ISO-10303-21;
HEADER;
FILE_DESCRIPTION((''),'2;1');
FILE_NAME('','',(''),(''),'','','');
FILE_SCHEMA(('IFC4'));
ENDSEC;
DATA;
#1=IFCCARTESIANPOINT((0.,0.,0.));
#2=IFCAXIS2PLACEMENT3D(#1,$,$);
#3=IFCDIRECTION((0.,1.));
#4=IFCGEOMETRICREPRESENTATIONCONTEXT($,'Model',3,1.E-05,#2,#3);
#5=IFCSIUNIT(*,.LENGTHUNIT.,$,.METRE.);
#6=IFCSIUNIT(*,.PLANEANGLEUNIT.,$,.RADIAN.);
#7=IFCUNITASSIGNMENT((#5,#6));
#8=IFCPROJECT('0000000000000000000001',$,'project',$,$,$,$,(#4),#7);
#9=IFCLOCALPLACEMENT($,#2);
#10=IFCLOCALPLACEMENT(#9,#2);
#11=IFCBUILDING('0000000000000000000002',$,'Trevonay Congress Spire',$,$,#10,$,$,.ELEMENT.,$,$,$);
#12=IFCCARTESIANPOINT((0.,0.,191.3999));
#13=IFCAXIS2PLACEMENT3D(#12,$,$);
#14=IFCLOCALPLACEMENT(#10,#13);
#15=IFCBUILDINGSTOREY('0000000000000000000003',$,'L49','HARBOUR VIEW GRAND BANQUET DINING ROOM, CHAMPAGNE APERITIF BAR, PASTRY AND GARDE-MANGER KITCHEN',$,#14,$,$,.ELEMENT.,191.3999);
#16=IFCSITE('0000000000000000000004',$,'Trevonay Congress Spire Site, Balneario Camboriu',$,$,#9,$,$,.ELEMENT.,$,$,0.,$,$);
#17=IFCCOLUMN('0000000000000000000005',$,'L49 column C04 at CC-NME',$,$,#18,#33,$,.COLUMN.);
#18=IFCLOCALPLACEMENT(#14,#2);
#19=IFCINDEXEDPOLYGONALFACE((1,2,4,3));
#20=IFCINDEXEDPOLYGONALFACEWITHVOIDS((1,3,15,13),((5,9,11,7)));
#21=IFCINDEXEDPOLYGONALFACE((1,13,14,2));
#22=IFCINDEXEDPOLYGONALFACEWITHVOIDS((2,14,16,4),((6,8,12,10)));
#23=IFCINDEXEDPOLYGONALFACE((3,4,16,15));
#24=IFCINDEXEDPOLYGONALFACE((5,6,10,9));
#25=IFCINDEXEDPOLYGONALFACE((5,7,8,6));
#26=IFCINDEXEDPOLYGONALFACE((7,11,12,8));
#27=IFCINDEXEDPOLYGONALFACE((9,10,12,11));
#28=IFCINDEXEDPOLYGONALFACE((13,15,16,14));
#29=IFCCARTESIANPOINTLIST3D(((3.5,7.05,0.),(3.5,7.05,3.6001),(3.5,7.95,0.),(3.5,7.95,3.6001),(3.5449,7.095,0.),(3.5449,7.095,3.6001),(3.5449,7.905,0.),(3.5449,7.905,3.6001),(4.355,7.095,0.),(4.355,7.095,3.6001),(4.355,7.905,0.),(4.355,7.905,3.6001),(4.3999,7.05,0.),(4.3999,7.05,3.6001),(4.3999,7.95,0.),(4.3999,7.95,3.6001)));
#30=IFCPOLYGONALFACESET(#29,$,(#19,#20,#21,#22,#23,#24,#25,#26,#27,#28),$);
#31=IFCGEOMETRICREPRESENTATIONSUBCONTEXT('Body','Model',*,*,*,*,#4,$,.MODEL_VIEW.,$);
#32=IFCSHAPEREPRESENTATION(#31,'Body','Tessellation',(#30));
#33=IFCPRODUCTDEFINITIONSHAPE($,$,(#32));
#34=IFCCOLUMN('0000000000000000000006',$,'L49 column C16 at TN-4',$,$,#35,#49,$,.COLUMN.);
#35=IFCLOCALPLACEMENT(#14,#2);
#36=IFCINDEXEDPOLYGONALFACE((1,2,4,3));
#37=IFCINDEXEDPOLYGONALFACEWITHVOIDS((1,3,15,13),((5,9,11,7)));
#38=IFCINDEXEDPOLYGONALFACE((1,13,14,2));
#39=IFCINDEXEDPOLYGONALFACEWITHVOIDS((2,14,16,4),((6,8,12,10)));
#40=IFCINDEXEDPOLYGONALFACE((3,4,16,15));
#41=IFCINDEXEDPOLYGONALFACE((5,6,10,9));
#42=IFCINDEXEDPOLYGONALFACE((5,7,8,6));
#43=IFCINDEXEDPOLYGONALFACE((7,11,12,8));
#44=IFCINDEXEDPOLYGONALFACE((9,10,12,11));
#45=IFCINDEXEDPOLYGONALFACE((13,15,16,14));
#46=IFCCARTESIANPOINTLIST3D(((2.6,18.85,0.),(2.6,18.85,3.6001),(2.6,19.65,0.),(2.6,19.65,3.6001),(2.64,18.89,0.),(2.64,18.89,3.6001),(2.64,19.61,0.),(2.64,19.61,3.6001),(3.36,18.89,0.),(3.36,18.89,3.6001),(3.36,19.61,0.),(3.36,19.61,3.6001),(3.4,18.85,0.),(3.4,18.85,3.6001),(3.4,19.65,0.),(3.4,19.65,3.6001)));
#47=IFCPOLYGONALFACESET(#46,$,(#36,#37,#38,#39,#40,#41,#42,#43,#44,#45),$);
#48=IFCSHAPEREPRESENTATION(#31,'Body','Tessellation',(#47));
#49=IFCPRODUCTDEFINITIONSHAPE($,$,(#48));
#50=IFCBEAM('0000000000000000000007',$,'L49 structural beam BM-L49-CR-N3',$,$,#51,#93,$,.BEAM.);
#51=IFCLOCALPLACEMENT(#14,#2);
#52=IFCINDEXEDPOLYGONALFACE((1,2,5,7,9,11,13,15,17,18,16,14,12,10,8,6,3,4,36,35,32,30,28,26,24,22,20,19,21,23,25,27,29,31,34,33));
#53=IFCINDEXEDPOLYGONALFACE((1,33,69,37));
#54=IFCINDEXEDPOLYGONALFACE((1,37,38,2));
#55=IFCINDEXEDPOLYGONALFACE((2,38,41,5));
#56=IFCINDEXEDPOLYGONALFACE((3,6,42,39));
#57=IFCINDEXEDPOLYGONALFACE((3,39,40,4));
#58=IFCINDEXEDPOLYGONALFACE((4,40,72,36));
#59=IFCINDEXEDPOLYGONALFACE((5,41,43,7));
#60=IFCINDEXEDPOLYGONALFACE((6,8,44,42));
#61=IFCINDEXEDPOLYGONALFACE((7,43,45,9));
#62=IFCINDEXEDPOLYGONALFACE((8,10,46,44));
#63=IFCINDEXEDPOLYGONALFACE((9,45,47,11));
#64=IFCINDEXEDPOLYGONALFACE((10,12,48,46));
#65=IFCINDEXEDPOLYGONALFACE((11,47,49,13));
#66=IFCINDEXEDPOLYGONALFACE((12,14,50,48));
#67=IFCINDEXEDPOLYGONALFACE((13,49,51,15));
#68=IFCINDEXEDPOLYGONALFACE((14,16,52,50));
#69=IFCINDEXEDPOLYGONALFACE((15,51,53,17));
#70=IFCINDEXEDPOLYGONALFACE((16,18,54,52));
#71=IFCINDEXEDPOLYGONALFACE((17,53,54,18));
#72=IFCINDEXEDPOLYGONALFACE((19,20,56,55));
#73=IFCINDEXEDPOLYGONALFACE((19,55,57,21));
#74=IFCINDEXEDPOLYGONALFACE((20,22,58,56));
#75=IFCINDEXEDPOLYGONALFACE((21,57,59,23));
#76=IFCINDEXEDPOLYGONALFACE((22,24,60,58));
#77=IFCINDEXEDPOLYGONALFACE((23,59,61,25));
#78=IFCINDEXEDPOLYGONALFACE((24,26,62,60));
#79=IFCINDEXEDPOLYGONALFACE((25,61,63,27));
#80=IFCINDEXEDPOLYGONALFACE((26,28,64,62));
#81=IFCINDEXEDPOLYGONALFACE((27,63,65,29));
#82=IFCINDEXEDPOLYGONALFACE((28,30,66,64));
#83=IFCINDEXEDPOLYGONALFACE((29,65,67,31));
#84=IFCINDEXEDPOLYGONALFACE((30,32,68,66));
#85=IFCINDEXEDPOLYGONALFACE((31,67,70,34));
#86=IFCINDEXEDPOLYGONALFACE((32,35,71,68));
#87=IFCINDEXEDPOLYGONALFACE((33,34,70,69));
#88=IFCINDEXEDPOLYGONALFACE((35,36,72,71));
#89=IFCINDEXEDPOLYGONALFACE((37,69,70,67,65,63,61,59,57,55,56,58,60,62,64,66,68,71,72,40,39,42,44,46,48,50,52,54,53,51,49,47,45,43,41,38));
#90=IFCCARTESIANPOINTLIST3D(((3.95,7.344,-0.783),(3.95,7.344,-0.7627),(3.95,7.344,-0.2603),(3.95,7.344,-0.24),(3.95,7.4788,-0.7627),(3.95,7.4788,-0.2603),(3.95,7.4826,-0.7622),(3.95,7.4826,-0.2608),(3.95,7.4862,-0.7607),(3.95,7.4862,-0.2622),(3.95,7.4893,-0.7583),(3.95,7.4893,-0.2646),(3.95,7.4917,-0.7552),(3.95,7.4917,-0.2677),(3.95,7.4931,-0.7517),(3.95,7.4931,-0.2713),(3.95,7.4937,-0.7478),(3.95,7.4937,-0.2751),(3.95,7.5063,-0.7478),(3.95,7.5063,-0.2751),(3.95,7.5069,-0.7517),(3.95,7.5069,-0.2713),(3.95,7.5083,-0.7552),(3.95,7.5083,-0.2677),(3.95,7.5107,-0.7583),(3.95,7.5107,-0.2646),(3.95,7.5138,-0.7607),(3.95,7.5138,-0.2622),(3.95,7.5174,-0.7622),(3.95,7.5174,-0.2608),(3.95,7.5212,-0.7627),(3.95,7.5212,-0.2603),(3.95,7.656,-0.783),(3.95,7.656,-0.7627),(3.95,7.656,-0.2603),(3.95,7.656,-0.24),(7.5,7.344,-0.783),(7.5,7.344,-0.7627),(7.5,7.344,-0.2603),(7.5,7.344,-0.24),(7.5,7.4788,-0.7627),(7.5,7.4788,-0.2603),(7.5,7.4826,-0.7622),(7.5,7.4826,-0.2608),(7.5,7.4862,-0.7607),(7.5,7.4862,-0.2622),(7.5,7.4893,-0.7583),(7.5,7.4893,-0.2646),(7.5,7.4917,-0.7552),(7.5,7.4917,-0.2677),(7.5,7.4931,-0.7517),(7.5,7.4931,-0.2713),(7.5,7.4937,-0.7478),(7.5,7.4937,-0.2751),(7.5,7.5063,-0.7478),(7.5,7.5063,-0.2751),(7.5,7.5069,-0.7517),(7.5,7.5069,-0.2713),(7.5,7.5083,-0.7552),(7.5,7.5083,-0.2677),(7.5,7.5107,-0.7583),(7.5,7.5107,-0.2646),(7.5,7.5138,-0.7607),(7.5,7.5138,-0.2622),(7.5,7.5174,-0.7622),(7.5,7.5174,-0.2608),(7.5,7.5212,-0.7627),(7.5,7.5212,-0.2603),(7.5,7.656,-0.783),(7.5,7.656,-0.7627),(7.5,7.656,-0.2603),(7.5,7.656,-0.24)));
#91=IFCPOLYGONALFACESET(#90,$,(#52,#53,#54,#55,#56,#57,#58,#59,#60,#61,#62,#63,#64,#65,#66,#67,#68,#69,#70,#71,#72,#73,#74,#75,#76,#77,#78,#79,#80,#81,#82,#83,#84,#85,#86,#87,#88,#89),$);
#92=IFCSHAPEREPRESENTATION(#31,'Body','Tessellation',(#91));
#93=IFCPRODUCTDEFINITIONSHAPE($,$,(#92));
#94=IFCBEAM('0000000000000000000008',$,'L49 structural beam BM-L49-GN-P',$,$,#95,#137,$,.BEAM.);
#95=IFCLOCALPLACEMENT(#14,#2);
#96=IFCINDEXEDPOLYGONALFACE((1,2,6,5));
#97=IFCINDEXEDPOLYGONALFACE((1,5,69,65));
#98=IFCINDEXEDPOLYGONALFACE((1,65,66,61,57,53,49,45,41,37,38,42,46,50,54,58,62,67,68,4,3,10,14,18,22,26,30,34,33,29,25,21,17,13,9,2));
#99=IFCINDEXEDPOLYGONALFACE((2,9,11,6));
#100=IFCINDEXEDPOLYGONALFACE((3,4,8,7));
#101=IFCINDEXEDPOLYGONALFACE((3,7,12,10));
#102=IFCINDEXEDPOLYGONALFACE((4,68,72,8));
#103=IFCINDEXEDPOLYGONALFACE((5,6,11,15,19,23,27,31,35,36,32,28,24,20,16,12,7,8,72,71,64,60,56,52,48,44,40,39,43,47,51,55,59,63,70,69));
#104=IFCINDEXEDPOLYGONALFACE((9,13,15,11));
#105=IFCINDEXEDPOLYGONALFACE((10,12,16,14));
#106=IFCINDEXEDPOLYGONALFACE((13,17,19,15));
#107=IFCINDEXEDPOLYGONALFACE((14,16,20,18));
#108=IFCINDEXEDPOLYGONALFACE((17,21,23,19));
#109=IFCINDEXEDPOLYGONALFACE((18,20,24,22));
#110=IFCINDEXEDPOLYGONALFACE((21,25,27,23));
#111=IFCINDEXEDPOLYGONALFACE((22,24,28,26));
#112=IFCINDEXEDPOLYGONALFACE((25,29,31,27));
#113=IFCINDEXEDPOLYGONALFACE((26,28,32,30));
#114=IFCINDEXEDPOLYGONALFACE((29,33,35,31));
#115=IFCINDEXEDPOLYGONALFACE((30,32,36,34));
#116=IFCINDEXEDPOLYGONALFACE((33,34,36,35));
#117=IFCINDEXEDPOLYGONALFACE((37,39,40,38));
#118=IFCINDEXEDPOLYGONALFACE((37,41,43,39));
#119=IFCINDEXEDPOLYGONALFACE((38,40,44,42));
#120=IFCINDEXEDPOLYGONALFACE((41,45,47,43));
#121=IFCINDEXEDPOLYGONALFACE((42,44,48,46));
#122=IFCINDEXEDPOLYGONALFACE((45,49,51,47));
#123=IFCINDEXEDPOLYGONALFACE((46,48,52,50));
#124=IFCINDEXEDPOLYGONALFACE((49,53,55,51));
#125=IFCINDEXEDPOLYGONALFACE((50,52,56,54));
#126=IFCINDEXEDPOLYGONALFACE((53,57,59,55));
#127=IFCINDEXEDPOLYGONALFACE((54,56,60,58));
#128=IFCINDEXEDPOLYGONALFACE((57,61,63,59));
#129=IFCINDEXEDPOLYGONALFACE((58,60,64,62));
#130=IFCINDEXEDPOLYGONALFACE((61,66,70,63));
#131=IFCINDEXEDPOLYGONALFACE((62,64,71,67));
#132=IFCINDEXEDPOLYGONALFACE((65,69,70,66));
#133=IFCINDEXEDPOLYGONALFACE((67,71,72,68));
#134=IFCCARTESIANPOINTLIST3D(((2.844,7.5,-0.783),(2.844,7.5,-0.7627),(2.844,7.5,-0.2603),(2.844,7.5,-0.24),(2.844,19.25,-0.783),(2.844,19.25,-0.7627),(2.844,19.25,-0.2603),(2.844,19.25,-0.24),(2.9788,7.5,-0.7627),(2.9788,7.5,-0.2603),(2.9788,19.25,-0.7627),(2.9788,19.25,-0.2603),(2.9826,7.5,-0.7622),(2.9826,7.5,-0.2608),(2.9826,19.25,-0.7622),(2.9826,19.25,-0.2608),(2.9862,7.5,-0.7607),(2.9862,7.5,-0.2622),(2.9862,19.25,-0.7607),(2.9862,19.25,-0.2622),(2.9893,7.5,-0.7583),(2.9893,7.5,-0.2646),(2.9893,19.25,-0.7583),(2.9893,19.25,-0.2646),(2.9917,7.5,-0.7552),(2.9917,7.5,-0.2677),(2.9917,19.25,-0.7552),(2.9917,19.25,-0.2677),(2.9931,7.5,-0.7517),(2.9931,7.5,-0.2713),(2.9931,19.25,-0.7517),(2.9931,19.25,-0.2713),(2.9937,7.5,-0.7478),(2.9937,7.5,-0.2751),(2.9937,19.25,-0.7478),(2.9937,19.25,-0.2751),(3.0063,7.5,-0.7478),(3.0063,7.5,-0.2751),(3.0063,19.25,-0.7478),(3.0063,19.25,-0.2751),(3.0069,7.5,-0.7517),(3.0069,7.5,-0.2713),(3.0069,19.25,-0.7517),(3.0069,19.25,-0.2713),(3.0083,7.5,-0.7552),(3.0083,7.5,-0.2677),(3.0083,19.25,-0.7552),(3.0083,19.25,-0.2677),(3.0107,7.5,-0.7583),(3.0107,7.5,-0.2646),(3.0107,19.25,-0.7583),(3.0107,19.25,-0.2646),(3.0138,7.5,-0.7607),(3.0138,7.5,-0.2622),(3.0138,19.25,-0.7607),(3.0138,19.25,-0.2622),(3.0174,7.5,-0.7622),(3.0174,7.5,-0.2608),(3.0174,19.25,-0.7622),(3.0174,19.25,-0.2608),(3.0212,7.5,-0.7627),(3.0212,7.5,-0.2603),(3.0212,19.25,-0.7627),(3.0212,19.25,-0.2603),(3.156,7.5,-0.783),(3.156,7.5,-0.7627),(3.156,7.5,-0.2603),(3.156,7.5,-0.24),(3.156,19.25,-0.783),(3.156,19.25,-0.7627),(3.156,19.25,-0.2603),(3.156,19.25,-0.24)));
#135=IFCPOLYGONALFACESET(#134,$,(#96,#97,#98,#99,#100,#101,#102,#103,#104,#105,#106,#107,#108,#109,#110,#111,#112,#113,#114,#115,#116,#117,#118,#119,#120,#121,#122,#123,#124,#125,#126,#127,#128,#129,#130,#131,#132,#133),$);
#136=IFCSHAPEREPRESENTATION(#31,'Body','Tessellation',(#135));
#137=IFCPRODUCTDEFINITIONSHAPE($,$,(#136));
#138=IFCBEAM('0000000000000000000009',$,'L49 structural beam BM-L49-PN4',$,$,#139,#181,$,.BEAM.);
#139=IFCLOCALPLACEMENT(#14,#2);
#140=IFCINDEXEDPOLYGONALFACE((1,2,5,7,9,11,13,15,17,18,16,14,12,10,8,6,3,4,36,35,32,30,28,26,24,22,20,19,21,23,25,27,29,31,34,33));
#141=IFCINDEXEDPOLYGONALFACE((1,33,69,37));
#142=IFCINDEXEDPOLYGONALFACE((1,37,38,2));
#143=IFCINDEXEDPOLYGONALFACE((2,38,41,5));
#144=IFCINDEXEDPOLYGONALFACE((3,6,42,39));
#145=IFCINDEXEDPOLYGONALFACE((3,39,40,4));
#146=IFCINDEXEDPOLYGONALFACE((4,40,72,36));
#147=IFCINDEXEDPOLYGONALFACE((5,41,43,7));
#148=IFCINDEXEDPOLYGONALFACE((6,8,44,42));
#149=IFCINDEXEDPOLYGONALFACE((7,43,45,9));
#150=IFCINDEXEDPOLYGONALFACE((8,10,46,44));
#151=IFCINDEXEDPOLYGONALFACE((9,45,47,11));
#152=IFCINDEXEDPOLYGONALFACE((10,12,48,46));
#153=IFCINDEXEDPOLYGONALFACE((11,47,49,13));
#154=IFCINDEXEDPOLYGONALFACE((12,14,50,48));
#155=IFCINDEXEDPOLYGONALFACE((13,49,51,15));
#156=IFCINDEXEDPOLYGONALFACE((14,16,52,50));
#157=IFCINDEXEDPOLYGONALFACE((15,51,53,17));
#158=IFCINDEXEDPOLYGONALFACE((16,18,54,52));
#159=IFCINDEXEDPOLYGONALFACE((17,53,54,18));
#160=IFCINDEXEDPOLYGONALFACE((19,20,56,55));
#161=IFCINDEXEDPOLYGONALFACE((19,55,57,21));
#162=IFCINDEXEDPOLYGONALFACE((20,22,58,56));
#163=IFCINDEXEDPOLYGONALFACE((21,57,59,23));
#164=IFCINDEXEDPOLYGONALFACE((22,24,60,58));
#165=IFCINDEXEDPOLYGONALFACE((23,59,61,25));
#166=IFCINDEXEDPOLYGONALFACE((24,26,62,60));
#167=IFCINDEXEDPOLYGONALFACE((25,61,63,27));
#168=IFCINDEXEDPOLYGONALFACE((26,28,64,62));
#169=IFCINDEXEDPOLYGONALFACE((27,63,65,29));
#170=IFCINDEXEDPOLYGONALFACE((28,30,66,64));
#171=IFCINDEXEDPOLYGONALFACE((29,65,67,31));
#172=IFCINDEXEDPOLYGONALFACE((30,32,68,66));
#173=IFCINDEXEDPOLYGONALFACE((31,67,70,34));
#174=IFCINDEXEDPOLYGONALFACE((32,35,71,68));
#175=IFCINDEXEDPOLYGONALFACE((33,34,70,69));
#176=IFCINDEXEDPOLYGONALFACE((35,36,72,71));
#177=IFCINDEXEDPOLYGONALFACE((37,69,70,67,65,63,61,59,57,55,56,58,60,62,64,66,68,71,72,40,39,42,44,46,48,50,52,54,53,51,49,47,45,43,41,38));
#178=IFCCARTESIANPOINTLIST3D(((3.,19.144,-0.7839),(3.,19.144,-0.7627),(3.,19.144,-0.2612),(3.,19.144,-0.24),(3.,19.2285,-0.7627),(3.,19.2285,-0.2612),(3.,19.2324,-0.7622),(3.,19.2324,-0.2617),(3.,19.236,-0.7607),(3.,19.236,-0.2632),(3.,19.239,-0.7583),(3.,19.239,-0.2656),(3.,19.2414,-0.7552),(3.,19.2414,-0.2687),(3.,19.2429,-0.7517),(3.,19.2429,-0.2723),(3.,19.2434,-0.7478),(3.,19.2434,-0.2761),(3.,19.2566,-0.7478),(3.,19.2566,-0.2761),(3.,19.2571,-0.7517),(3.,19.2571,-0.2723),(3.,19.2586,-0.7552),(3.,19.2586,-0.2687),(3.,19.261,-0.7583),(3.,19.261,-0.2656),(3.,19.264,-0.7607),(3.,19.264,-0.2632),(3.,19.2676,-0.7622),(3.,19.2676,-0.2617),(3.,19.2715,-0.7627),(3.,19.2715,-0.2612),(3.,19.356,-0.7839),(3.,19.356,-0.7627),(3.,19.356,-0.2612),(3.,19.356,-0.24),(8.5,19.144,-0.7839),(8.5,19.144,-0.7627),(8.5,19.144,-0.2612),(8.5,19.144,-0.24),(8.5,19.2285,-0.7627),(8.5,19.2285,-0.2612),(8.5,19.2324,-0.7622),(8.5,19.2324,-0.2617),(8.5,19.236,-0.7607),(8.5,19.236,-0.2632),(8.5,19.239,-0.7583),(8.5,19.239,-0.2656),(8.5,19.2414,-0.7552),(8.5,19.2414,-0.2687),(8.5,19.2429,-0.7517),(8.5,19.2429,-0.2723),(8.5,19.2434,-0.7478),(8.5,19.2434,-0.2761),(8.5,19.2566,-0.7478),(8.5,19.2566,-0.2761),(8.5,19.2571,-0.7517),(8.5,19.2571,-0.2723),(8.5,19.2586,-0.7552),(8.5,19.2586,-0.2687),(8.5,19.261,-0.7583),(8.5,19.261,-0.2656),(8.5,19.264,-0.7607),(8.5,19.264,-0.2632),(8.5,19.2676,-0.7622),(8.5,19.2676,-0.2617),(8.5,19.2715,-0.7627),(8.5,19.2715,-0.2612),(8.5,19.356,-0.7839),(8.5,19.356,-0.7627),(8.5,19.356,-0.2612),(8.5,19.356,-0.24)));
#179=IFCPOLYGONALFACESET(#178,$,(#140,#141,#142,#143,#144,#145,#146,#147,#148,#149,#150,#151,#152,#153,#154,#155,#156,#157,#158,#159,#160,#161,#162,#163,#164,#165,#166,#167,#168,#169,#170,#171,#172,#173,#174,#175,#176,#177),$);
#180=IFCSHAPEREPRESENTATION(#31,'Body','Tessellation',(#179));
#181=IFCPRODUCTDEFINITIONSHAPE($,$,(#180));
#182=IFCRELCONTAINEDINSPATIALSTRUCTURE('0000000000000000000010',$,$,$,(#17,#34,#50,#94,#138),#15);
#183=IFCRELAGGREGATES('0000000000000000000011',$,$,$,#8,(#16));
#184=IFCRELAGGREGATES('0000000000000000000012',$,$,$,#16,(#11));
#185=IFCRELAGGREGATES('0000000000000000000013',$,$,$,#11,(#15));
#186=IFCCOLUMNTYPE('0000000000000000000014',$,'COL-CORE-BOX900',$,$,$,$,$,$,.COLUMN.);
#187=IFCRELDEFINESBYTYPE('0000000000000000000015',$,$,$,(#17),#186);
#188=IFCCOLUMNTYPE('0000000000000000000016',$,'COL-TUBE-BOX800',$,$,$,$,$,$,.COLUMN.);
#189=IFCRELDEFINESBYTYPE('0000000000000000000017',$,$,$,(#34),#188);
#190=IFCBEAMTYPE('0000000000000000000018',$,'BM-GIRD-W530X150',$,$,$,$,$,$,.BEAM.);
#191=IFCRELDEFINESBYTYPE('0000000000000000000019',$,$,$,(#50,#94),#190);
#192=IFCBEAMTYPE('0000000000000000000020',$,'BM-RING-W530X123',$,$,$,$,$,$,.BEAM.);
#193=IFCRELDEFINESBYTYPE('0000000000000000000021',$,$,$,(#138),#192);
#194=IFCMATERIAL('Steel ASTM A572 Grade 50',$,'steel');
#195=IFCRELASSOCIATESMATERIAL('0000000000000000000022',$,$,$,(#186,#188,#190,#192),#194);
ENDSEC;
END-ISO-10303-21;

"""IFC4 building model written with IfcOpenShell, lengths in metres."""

from ifc_helpers import new_model, si_unit, direction, frame, origin, origin_2d, place, context, subcontext, project, spatial, hollow_rectangle, i_section, extrude, material, material_profile, profile_set, type_object, element, save


model = new_model("IFC4")

# Units and contexts
model_context = context("Model", 3, precision=1e-05, world=origin(), true_north=direction((0.0, 1.0)))
body_context = subcontext(model_context, "Body", "Model", "MODEL_VIEW")
ifc_project = project(units=[si_unit("LENGTHUNIT", "METRE"), si_unit("PLANEANGLEUNIT", "RADIAN")], contexts=[model_context])

# Site, building, storey
site_placement = place(None, origin())
site = spatial("IfcSite", under=ifc_project, at=site_placement, Name="Trevonay Congress Spire Site, Balneario Camboriu", CompositionType="ELEMENT", RefElevation=0.0)
building_placement = place(site_placement, origin())
building = spatial("IfcBuilding", under=site, at=building_placement, Name="Trevonay Congress Spire", CompositionType="ELEMENT")
storey_placement = place(building_placement, frame((0.0, 0.0, 191.3999)))
storey = spatial("IfcBuildingStorey", under=building, at=storey_placement, Name="L49", Description="HARBOUR VIEW GRAND BANQUET DINING ROOM, CHAMPAGNE APERITIF BAR, PASTRY AND GARDE-MANGER KITCHEN", CompositionType="ELEMENT", Elevation=191.3999)

# Columns
ifc_material_1 = material(Name="Steel ASTM A572 Grade 50", Category="steel")
ifc_material_profile_1 = material_profile(ifc_material_1, hollow_rectangle(XDim=0.8999, YDim=0.8999, WallThickness=0.0449, at=origin_2d()), Name="BOX 900x900x45")
ifc_profile_set_1 = profile_set([ifc_material_profile_1], Name="Steel ASTM A572 Grade 50")
column_type_1 = type_object("IfcColumnType", Name="COL-CORE-BOX900", PredefinedType="COLUMN", material=ifc_profile_set_1)
column_1_placement = place(storey_placement, frame((3.95, 7.5, 0.0), z_axis=(0.0, 0.0, 1.0), x_axis=(1.0, 0.0, 0.0)))
element("IfcColumn", 1, at=column_1_placement, inside=storey, type_object=column_type_1, Name="L49 column C04 at CC-NME", PredefinedType="COLUMN", context=body_context, shape_type="SweptSolid", body=[
    extrude(hollow_rectangle(XDim=0.8999, YDim=0.8999, WallThickness=0.0449, at=origin_2d()), origin(), (0.0, 0.0, 1.0), 3.6001),
])
ifc_material_profile_2 = material_profile(ifc_material_1, hollow_rectangle(XDim=0.8, YDim=0.8, WallThickness=0.04, at=origin_2d()), Name="BOX 800x800x40")
ifc_profile_set_2 = profile_set([ifc_material_profile_2], Name="Steel ASTM A572 Grade 50")
column_type_2 = type_object("IfcColumnType", Name="COL-TUBE-BOX800", PredefinedType="COLUMN", material=ifc_profile_set_2)
column_2_placement = place(storey_placement, frame((3.0, 19.25, 0.0), z_axis=(0.0, 0.0, 1.0), x_axis=(1.0, 0.0, 0.0)))
element("IfcColumn", 2, at=column_2_placement, inside=storey, type_object=column_type_2, Name="L49 column C16 at TN-4", PredefinedType="COLUMN", context=body_context, shape_type="SweptSolid", body=[
    extrude(hollow_rectangle(XDim=0.8, YDim=0.8, WallThickness=0.04, at=origin_2d()), origin(), (0.0, 0.0, 1.0), 3.6001),
])

# Beams
ifc_material_profile_3 = material_profile(ifc_material_1, i_section(OverallWidth=0.312, OverallDepth=0.543, WebThickness=0.0127, FlangeThickness=0.0203, FilletRadius=0.0149, at=origin_2d()), Name="W530x150")
ifc_profile_set_3 = profile_set([ifc_material_profile_3], Name="Steel ASTM A572 Grade 50")
beam_type_1 = type_object("IfcBeamType", Name="BM-GIRD-W530X150", PredefinedType="BEAM", material=ifc_profile_set_3)
beam_1_placement = place(storey_placement, frame((3.95, 7.5, -0.5115), z_axis=(1.0, 0.0, 0.0), x_axis=(0.0, 1.0, 0.0)))
element("IfcBeam", 3, at=beam_1_placement, inside=storey, type_object=beam_type_1, Name="L49 structural beam BM-L49-CR-N3", PredefinedType="BEAM", context=body_context, shape_type="SweptSolid", body=[
    extrude(i_section(OverallWidth=0.312, OverallDepth=0.543, WebThickness=0.0127, FlangeThickness=0.0203, FilletRadius=0.0149, at=origin_2d()), origin(), (0.0, 0.0, 1.0), 3.55),
])
beam_2_placement = place(storey_placement, frame((3.0, 7.5, -0.5115), z_axis=(0.0, 1.0, 0.0), x_axis=(-1.0, 0.0, 0.0)))
element("IfcBeam", 4, at=beam_2_placement, inside=storey, type_object=beam_type_1, Name="L49 structural beam BM-L49-GN-P", PredefinedType="BEAM", context=body_context, shape_type="SweptSolid", body=[
    extrude(i_section(OverallWidth=0.312, OverallDepth=0.543, WebThickness=0.0127, FlangeThickness=0.0203, FilletRadius=0.0149, at=origin_2d()), origin(), (0.0, 0.0, 1.0), 11.75),
])
ifc_material_profile_4 = material_profile(ifc_material_1, i_section(OverallWidth=0.2119, OverallDepth=0.5439, WebThickness=0.0132, FlangeThickness=0.0212, FilletRadius=0.0149, at=origin_2d()), Name="W530x123")
ifc_profile_set_4 = profile_set([ifc_material_profile_4], Name="Steel ASTM A572 Grade 50")
beam_type_2 = type_object("IfcBeamType", Name="BM-RING-W530X123", PredefinedType="BEAM", material=ifc_profile_set_4)
beam_3_placement = place(storey_placement, frame((3.0, 19.25, -0.512), z_axis=(1.0, 0.0, 0.0), x_axis=(0.0, 1.0, 0.0)))
element("IfcBeam", 5, at=beam_3_placement, inside=storey, type_object=beam_type_2, Name="L49 structural beam BM-L49-PN4", PredefinedType="BEAM", context=body_context, shape_type="SweptSolid", body=[
    extrude(i_section(OverallWidth=0.2119, OverallDepth=0.5439, WebThickness=0.0132, FlangeThickness=0.0212, FilletRadius=0.0149, at=origin_2d()), origin(), (0.0, 0.0, 1.0), 5.5),
])

save(model, "model.ifc")
